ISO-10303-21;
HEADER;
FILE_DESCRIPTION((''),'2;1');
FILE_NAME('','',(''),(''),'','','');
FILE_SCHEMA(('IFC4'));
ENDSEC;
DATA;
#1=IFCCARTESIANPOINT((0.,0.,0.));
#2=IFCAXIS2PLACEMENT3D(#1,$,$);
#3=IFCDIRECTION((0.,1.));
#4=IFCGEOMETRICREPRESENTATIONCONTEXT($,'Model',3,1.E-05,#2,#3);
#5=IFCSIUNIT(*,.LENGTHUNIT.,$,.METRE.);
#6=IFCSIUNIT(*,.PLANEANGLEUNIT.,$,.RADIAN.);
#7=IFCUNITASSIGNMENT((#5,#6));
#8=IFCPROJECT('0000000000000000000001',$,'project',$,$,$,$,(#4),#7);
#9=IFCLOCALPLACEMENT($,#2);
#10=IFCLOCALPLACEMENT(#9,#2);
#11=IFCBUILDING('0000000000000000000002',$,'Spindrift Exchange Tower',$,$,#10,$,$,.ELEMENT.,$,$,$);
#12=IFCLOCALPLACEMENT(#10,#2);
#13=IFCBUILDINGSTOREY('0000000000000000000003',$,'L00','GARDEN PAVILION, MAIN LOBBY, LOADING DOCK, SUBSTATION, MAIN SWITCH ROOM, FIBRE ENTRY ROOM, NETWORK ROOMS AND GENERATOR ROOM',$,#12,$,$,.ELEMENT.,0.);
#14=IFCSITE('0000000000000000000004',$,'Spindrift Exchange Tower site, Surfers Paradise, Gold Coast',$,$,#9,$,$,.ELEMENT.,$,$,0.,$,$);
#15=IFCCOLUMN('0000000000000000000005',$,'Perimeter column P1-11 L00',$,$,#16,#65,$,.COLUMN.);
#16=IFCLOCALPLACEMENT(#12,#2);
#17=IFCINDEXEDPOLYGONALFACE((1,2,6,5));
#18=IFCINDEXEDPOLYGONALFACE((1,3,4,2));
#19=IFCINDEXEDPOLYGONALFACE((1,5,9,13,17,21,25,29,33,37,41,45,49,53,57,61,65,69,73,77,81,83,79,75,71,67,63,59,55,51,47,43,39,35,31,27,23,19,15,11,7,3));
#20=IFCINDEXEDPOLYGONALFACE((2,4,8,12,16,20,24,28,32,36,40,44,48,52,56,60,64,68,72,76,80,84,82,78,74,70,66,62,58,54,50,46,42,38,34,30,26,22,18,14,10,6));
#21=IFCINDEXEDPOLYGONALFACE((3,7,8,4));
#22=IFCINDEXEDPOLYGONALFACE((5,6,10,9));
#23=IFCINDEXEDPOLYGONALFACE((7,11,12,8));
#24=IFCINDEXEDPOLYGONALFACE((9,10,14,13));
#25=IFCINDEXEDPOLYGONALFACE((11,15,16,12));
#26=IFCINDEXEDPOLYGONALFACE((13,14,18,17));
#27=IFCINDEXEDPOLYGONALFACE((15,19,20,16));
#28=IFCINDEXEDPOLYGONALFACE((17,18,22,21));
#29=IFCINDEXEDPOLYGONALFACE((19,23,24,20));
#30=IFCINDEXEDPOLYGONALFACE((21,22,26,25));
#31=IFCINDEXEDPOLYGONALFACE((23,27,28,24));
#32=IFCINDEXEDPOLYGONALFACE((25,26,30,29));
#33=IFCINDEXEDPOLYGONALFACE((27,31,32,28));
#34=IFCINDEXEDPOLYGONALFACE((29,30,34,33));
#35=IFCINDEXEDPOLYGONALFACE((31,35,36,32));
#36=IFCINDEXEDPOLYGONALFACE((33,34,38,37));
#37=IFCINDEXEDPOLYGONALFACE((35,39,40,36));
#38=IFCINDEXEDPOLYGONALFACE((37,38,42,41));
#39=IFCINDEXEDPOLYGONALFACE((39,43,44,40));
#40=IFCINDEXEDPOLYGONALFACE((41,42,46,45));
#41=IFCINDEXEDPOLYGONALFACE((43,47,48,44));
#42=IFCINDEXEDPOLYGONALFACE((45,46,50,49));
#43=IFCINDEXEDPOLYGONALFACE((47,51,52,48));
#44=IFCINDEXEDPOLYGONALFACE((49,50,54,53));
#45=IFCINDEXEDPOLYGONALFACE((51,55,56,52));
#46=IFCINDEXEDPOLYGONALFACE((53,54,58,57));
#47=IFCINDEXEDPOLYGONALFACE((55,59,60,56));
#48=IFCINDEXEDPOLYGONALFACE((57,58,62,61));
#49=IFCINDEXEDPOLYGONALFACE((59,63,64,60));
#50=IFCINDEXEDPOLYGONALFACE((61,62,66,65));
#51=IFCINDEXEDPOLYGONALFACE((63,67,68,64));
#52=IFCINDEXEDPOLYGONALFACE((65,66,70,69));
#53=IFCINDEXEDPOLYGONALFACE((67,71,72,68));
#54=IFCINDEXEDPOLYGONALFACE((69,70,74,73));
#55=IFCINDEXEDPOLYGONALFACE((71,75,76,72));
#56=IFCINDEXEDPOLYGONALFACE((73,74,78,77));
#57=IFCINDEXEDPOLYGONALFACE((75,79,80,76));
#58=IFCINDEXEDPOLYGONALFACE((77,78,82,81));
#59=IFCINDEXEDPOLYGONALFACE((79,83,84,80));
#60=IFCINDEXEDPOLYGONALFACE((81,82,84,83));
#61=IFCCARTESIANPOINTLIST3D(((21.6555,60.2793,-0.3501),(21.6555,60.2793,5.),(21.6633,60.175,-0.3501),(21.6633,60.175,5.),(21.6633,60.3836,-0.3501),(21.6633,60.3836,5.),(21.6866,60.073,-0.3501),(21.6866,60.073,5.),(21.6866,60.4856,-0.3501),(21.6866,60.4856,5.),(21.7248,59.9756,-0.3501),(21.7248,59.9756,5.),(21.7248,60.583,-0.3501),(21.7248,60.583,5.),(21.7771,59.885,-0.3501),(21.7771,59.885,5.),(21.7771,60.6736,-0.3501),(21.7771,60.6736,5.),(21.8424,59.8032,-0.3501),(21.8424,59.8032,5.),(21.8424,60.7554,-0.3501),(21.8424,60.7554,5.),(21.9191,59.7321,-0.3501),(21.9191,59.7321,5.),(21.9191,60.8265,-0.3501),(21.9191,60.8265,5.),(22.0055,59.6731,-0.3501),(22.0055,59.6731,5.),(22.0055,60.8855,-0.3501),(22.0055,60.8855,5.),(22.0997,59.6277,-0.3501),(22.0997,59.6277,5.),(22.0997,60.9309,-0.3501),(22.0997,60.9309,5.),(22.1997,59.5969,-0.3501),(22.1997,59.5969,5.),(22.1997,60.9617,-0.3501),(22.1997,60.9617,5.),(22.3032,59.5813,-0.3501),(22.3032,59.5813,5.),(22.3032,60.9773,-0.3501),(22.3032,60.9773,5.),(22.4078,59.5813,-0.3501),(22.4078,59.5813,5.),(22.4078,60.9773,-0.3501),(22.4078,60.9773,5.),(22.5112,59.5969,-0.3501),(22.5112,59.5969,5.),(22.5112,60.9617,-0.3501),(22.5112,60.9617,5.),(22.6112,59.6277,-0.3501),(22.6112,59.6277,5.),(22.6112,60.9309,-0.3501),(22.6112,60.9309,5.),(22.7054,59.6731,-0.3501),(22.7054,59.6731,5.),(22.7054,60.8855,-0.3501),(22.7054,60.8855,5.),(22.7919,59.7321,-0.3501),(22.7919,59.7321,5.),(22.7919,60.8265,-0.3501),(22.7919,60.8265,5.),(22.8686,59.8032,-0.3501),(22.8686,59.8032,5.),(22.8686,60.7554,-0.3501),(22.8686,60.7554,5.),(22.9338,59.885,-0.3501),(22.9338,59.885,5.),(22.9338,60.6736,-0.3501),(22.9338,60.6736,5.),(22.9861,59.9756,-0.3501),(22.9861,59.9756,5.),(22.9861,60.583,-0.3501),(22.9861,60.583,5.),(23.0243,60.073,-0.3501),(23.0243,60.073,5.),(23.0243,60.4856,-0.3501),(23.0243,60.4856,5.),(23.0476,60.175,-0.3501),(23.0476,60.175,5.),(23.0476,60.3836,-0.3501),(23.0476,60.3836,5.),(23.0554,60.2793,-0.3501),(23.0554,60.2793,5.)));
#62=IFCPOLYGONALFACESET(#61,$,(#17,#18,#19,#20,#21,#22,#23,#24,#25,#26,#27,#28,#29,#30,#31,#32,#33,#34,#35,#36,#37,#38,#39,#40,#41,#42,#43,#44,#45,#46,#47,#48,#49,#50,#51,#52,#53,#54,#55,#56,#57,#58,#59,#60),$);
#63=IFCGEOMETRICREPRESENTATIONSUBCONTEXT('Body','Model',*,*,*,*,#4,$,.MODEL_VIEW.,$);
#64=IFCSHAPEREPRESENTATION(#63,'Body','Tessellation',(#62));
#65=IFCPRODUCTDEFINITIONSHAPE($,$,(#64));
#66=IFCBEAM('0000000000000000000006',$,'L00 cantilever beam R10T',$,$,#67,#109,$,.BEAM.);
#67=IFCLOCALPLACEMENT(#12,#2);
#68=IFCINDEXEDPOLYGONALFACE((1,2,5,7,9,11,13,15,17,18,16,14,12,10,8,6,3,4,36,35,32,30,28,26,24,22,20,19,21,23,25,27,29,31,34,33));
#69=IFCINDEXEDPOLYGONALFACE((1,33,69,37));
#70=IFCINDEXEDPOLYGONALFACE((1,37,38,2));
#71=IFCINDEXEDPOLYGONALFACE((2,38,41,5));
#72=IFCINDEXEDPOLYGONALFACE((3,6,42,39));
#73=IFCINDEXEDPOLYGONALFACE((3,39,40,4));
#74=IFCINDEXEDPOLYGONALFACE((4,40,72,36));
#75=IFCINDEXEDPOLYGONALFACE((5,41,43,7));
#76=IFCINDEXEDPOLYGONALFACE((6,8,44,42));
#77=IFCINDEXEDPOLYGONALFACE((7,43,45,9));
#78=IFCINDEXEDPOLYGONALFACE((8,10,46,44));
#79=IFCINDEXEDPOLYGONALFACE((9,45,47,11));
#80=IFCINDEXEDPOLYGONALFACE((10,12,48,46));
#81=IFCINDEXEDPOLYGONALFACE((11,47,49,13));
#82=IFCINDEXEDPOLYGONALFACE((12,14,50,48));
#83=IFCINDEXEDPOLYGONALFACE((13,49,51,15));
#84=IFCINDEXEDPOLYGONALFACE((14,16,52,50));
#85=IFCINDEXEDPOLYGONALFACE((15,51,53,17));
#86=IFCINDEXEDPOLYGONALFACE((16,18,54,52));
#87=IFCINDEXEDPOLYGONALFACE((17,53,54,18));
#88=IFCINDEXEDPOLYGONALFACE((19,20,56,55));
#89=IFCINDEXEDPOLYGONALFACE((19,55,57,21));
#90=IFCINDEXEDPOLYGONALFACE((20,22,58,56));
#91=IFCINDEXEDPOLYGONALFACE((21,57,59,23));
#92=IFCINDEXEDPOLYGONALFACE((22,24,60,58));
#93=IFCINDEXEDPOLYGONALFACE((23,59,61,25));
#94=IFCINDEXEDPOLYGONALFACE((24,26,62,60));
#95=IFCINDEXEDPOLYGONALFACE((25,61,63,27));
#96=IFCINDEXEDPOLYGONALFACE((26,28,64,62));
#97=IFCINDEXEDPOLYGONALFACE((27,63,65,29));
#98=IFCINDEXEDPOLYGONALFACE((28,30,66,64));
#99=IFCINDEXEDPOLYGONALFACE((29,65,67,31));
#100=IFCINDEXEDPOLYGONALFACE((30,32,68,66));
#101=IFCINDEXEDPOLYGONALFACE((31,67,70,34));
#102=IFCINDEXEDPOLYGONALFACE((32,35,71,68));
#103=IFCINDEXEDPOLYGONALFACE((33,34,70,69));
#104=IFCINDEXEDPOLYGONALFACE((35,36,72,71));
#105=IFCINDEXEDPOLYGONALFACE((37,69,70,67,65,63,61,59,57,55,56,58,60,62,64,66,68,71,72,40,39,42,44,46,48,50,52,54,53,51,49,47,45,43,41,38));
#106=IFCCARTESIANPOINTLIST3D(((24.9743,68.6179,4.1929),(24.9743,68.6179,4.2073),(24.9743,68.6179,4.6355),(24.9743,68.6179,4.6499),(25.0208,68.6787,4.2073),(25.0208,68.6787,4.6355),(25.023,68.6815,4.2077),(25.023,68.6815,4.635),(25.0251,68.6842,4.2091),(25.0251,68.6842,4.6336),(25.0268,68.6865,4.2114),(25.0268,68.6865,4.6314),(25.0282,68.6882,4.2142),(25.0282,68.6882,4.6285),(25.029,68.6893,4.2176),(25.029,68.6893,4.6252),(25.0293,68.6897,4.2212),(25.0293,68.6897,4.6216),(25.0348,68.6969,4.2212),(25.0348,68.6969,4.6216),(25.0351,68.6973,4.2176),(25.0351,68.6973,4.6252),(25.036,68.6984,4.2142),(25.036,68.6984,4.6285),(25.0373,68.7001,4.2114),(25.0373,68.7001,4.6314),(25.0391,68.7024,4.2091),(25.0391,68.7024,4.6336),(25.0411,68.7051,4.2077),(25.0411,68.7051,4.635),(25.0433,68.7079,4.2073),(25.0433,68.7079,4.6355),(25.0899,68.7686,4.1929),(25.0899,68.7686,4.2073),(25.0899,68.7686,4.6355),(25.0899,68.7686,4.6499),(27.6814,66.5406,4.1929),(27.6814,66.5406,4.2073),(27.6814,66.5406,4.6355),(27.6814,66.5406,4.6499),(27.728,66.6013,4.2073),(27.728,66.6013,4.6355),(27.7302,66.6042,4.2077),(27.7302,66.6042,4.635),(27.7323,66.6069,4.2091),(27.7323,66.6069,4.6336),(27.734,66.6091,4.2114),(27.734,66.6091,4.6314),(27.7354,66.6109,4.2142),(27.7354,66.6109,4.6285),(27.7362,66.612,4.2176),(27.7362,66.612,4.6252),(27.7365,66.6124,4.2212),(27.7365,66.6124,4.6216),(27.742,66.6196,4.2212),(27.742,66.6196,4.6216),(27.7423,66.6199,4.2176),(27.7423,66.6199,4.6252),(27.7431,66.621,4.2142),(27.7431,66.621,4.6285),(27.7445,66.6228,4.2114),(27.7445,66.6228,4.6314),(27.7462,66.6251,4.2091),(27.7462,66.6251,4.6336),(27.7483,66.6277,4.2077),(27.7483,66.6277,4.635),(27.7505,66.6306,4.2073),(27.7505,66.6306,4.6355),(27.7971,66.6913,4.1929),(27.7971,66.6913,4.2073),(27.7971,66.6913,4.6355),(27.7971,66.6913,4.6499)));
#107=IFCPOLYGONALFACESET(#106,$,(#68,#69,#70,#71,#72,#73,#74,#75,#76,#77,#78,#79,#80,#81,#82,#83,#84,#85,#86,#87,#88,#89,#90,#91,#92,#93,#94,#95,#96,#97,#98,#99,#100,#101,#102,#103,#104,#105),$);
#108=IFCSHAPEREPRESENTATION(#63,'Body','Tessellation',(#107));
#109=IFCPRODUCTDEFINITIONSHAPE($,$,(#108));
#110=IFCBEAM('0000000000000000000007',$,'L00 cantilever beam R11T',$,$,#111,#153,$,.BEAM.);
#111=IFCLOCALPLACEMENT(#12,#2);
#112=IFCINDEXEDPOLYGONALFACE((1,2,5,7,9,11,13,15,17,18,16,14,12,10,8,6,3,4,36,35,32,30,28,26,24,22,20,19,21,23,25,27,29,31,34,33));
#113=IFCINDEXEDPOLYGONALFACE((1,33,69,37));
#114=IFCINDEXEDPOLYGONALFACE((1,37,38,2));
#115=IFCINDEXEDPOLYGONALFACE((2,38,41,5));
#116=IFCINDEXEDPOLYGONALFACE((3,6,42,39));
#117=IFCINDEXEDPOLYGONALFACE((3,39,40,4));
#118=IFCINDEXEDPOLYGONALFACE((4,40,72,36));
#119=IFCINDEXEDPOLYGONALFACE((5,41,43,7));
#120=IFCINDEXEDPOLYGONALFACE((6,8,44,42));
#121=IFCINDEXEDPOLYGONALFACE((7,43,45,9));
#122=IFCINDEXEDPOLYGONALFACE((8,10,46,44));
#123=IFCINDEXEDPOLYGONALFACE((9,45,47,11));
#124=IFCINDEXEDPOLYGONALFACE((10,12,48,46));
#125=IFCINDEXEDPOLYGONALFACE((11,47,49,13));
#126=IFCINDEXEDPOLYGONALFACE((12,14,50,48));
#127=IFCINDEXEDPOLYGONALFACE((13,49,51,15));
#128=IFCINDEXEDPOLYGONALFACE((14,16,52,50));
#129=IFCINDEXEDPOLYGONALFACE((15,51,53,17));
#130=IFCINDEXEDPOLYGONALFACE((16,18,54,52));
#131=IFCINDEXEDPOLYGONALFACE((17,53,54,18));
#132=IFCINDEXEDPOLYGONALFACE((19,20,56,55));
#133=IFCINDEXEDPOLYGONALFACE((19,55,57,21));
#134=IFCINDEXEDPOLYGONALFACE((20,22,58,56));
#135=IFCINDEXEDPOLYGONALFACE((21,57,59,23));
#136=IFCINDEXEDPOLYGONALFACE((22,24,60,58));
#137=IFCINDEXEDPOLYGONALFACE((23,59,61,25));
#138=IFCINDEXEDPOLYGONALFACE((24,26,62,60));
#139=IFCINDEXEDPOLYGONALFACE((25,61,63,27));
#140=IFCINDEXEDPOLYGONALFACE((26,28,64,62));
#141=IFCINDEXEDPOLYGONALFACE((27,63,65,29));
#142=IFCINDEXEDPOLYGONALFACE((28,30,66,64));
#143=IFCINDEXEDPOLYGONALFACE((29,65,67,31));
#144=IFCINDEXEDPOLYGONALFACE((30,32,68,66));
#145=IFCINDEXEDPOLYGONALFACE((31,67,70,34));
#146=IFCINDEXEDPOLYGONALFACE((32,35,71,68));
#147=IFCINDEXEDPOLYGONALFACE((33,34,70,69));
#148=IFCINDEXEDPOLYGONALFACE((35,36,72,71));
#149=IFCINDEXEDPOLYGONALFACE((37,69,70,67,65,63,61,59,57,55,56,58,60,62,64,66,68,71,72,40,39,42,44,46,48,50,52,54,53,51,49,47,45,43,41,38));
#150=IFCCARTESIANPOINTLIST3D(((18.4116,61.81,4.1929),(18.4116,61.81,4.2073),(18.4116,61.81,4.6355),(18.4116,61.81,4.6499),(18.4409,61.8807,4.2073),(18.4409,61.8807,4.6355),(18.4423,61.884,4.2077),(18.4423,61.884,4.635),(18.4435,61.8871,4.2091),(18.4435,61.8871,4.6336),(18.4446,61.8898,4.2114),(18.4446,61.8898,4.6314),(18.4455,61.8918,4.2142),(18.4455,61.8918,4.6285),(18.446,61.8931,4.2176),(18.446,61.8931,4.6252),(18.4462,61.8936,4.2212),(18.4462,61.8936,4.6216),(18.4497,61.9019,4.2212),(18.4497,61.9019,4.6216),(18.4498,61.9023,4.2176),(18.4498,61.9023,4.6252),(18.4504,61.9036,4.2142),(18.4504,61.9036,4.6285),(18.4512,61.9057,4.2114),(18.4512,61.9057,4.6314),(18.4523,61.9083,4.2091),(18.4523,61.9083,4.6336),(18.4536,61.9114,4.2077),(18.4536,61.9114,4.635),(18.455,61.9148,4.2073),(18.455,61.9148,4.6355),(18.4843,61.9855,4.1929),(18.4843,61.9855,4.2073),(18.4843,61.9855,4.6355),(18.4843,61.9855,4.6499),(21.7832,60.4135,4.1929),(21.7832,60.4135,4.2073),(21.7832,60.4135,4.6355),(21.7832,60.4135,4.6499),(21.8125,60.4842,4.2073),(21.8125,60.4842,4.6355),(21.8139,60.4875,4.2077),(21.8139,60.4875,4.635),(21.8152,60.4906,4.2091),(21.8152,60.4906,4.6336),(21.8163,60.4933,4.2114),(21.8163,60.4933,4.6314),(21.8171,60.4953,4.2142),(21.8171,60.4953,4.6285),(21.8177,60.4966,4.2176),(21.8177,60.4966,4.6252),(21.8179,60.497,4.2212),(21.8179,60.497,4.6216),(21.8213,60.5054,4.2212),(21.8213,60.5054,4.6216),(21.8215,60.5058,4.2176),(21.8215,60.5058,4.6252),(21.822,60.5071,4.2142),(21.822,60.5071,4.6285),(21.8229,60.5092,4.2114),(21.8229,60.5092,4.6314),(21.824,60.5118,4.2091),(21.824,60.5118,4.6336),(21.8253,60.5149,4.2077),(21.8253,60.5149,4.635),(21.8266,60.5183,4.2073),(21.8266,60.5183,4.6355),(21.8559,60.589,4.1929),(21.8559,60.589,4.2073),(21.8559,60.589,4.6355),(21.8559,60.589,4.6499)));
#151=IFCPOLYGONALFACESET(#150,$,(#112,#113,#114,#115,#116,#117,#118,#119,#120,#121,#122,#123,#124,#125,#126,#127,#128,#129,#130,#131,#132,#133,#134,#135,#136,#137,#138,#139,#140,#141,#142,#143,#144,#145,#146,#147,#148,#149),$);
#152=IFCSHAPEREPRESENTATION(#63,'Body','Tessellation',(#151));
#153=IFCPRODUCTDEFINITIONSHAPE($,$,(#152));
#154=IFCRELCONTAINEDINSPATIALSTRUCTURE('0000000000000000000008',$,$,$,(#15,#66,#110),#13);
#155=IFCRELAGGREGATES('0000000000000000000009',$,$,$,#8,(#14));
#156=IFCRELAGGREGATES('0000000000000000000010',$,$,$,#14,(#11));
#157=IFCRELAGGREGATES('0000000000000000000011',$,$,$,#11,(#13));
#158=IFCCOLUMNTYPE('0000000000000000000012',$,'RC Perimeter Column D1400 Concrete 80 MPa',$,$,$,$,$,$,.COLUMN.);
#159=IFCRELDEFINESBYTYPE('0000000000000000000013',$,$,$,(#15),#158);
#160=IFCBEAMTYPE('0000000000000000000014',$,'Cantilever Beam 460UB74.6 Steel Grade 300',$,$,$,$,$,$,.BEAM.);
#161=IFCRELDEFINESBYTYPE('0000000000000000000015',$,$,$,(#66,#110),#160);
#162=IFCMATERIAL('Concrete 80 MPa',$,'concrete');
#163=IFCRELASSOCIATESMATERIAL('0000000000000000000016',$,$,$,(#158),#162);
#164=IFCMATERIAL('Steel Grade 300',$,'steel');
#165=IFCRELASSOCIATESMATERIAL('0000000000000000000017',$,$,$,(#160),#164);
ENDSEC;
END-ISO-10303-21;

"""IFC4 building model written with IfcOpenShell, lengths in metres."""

from ifc_helpers import new_model, si_unit, direction, frame, origin, origin_2d, place, context, subcontext, project, spatial, circle, i_section, extrude, source, transform, mapped, material, material_profile, profile_set, type_object, element, save


model = new_model("IFC4")

# Units and contexts
model_context = context("Model", 3, precision=1e-05, world=origin(), true_north=direction((0.0, 1.0)))
body_context = subcontext(model_context, "Body", "Model", "MODEL_VIEW")
ifc_project = project(units=[si_unit("LENGTHUNIT", "METRE"), si_unit("PLANEANGLEUNIT", "RADIAN")], contexts=[model_context])

# Site, building, storey
site_placement = place(None, origin())
site = spatial("IfcSite", under=ifc_project, at=site_placement, Name="Spindrift Exchange Tower site, Surfers Paradise, Gold Coast", CompositionType="ELEMENT", RefElevation=0.0)
building_placement = place(site_placement, origin())
building = spatial("IfcBuilding", under=site, at=building_placement, Name="Spindrift Exchange Tower", CompositionType="ELEMENT")
storey_placement = place(building_placement, origin())
storey = spatial("IfcBuildingStorey", under=building, at=storey_placement, Name="L00", Description="GARDEN PAVILION, MAIN LOBBY, LOADING DOCK, SUBSTATION, MAIN SWITCH ROOM, FIBRE ENTRY ROOM, NETWORK ROOMS AND GENERATOR ROOM", CompositionType="ELEMENT", Elevation=0.0)

# Column
ifc_material_1 = material(Name="Concrete 80 MPa", Category="concrete")
ifc_material_profile_1 = material_profile(ifc_material_1, circle(Radius=0.7, at=origin_2d()), Name="RC D1400")
ifc_profile_set_1 = profile_set([ifc_material_profile_1], Name="Concrete 80 MPa")
column_type = type_object("IfcColumnType", Name="RC Perimeter Column D1400 Concrete 80 MPa", PredefinedType="COLUMN", material=ifc_profile_set_1)
shared_shape_1 = source(origin(), body_context, "Body", "SweptSolid", [
    extrude(circle(Radius=0.7, at=origin_2d()), origin(), (0.0, 0.0, 1.0), 5.3501),
])
for number, where, z_axis, x_axis, name in (
    (1, (22.3555, 60.2793, -0.3501), (0.0, 0.0, 1.0), (1.0, 0.0, 0.0), "Perimeter column P1-11 L00"),
):
    element("IfcColumn", number, at=place(storey_placement, frame(where, z_axis=z_axis, x_axis=x_axis)), inside=storey, type_object=column_type, Name=name, PredefinedType="COLUMN", context=body_context, shape_type="MappedRepresentation", body=[
        mapped(shared_shape_1, transform((0.0, 0.0, 0.0), scale=1.0)),
    ])

# Beams
ifc_material_2 = material(Name="Steel Grade 300", Category="steel")
ifc_material_profile_2 = material_profile(ifc_material_2, i_section(OverallWidth=0.1899, OverallDepth=0.457, WebThickness=0.009, FlangeThickness=0.0144, FilletRadius=0.0139, at=origin_2d()), Name="460UB74.6")
ifc_profile_set_2 = profile_set([ifc_material_profile_2], Name="Steel Grade 300")
beam_type_1 = type_object("IfcBeamType", Name="Cantilever Beam 460UB74.6 Steel Grade 300", PredefinedType="BEAM", material=ifc_profile_set_2)
shared_shape_2 = source(origin(), body_context, "Body", "SweptSolid", [
    extrude(i_section(OverallWidth=0.1899, OverallDepth=0.457, WebThickness=0.009, FlangeThickness=0.0144, FilletRadius=0.0139, at=origin_2d()), origin(), (0.0, 0.0, 1.0), 3.4124),
])
beam_1_placement = place(storey_placement, frame((27.7393, 66.616, 4.4214), z_axis=(-0.79335, 0.608766, 0.0), x_axis=(-0.608766, -0.79335, 0.0)))
element("IfcBeam", 2, at=beam_1_placement, inside=storey, type_object=beam_type_1, Name="L00 cantilever beam R10T", PredefinedType="BEAM", context=body_context, shape_type="MappedRepresentation", body=[
    mapped(shared_shape_2, transform((0.0, 0.0, 0.0), scale=1.0)),
])
shared_shape_3 = source(origin(), body_context, "Body", "SweptSolid", [
    extrude(i_section(OverallWidth=0.1899, OverallDepth=0.457, WebThickness=0.009, FlangeThickness=0.0144, FilletRadius=0.0139, at=origin_2d()), origin(), (0.0, 0.0, 1.0), 3.6494),
])
beam_2_placement = place(storey_placement, frame((21.8196, 60.5012, 4.4214), z_axis=(-0.923886, 0.382667, 0.0), x_axis=(-0.382667, -0.923886, 0.0)))
element("IfcBeam", 3, at=beam_2_placement, inside=storey, type_object=beam_type_1, Name="L00 cantilever beam R11T", PredefinedType="BEAM", context=body_context, shape_type="MappedRepresentation", body=[
    mapped(shared_shape_3, transform((0.0, 0.0, 0.0), scale=1.0)),
])

save(model, "model.ifc")
